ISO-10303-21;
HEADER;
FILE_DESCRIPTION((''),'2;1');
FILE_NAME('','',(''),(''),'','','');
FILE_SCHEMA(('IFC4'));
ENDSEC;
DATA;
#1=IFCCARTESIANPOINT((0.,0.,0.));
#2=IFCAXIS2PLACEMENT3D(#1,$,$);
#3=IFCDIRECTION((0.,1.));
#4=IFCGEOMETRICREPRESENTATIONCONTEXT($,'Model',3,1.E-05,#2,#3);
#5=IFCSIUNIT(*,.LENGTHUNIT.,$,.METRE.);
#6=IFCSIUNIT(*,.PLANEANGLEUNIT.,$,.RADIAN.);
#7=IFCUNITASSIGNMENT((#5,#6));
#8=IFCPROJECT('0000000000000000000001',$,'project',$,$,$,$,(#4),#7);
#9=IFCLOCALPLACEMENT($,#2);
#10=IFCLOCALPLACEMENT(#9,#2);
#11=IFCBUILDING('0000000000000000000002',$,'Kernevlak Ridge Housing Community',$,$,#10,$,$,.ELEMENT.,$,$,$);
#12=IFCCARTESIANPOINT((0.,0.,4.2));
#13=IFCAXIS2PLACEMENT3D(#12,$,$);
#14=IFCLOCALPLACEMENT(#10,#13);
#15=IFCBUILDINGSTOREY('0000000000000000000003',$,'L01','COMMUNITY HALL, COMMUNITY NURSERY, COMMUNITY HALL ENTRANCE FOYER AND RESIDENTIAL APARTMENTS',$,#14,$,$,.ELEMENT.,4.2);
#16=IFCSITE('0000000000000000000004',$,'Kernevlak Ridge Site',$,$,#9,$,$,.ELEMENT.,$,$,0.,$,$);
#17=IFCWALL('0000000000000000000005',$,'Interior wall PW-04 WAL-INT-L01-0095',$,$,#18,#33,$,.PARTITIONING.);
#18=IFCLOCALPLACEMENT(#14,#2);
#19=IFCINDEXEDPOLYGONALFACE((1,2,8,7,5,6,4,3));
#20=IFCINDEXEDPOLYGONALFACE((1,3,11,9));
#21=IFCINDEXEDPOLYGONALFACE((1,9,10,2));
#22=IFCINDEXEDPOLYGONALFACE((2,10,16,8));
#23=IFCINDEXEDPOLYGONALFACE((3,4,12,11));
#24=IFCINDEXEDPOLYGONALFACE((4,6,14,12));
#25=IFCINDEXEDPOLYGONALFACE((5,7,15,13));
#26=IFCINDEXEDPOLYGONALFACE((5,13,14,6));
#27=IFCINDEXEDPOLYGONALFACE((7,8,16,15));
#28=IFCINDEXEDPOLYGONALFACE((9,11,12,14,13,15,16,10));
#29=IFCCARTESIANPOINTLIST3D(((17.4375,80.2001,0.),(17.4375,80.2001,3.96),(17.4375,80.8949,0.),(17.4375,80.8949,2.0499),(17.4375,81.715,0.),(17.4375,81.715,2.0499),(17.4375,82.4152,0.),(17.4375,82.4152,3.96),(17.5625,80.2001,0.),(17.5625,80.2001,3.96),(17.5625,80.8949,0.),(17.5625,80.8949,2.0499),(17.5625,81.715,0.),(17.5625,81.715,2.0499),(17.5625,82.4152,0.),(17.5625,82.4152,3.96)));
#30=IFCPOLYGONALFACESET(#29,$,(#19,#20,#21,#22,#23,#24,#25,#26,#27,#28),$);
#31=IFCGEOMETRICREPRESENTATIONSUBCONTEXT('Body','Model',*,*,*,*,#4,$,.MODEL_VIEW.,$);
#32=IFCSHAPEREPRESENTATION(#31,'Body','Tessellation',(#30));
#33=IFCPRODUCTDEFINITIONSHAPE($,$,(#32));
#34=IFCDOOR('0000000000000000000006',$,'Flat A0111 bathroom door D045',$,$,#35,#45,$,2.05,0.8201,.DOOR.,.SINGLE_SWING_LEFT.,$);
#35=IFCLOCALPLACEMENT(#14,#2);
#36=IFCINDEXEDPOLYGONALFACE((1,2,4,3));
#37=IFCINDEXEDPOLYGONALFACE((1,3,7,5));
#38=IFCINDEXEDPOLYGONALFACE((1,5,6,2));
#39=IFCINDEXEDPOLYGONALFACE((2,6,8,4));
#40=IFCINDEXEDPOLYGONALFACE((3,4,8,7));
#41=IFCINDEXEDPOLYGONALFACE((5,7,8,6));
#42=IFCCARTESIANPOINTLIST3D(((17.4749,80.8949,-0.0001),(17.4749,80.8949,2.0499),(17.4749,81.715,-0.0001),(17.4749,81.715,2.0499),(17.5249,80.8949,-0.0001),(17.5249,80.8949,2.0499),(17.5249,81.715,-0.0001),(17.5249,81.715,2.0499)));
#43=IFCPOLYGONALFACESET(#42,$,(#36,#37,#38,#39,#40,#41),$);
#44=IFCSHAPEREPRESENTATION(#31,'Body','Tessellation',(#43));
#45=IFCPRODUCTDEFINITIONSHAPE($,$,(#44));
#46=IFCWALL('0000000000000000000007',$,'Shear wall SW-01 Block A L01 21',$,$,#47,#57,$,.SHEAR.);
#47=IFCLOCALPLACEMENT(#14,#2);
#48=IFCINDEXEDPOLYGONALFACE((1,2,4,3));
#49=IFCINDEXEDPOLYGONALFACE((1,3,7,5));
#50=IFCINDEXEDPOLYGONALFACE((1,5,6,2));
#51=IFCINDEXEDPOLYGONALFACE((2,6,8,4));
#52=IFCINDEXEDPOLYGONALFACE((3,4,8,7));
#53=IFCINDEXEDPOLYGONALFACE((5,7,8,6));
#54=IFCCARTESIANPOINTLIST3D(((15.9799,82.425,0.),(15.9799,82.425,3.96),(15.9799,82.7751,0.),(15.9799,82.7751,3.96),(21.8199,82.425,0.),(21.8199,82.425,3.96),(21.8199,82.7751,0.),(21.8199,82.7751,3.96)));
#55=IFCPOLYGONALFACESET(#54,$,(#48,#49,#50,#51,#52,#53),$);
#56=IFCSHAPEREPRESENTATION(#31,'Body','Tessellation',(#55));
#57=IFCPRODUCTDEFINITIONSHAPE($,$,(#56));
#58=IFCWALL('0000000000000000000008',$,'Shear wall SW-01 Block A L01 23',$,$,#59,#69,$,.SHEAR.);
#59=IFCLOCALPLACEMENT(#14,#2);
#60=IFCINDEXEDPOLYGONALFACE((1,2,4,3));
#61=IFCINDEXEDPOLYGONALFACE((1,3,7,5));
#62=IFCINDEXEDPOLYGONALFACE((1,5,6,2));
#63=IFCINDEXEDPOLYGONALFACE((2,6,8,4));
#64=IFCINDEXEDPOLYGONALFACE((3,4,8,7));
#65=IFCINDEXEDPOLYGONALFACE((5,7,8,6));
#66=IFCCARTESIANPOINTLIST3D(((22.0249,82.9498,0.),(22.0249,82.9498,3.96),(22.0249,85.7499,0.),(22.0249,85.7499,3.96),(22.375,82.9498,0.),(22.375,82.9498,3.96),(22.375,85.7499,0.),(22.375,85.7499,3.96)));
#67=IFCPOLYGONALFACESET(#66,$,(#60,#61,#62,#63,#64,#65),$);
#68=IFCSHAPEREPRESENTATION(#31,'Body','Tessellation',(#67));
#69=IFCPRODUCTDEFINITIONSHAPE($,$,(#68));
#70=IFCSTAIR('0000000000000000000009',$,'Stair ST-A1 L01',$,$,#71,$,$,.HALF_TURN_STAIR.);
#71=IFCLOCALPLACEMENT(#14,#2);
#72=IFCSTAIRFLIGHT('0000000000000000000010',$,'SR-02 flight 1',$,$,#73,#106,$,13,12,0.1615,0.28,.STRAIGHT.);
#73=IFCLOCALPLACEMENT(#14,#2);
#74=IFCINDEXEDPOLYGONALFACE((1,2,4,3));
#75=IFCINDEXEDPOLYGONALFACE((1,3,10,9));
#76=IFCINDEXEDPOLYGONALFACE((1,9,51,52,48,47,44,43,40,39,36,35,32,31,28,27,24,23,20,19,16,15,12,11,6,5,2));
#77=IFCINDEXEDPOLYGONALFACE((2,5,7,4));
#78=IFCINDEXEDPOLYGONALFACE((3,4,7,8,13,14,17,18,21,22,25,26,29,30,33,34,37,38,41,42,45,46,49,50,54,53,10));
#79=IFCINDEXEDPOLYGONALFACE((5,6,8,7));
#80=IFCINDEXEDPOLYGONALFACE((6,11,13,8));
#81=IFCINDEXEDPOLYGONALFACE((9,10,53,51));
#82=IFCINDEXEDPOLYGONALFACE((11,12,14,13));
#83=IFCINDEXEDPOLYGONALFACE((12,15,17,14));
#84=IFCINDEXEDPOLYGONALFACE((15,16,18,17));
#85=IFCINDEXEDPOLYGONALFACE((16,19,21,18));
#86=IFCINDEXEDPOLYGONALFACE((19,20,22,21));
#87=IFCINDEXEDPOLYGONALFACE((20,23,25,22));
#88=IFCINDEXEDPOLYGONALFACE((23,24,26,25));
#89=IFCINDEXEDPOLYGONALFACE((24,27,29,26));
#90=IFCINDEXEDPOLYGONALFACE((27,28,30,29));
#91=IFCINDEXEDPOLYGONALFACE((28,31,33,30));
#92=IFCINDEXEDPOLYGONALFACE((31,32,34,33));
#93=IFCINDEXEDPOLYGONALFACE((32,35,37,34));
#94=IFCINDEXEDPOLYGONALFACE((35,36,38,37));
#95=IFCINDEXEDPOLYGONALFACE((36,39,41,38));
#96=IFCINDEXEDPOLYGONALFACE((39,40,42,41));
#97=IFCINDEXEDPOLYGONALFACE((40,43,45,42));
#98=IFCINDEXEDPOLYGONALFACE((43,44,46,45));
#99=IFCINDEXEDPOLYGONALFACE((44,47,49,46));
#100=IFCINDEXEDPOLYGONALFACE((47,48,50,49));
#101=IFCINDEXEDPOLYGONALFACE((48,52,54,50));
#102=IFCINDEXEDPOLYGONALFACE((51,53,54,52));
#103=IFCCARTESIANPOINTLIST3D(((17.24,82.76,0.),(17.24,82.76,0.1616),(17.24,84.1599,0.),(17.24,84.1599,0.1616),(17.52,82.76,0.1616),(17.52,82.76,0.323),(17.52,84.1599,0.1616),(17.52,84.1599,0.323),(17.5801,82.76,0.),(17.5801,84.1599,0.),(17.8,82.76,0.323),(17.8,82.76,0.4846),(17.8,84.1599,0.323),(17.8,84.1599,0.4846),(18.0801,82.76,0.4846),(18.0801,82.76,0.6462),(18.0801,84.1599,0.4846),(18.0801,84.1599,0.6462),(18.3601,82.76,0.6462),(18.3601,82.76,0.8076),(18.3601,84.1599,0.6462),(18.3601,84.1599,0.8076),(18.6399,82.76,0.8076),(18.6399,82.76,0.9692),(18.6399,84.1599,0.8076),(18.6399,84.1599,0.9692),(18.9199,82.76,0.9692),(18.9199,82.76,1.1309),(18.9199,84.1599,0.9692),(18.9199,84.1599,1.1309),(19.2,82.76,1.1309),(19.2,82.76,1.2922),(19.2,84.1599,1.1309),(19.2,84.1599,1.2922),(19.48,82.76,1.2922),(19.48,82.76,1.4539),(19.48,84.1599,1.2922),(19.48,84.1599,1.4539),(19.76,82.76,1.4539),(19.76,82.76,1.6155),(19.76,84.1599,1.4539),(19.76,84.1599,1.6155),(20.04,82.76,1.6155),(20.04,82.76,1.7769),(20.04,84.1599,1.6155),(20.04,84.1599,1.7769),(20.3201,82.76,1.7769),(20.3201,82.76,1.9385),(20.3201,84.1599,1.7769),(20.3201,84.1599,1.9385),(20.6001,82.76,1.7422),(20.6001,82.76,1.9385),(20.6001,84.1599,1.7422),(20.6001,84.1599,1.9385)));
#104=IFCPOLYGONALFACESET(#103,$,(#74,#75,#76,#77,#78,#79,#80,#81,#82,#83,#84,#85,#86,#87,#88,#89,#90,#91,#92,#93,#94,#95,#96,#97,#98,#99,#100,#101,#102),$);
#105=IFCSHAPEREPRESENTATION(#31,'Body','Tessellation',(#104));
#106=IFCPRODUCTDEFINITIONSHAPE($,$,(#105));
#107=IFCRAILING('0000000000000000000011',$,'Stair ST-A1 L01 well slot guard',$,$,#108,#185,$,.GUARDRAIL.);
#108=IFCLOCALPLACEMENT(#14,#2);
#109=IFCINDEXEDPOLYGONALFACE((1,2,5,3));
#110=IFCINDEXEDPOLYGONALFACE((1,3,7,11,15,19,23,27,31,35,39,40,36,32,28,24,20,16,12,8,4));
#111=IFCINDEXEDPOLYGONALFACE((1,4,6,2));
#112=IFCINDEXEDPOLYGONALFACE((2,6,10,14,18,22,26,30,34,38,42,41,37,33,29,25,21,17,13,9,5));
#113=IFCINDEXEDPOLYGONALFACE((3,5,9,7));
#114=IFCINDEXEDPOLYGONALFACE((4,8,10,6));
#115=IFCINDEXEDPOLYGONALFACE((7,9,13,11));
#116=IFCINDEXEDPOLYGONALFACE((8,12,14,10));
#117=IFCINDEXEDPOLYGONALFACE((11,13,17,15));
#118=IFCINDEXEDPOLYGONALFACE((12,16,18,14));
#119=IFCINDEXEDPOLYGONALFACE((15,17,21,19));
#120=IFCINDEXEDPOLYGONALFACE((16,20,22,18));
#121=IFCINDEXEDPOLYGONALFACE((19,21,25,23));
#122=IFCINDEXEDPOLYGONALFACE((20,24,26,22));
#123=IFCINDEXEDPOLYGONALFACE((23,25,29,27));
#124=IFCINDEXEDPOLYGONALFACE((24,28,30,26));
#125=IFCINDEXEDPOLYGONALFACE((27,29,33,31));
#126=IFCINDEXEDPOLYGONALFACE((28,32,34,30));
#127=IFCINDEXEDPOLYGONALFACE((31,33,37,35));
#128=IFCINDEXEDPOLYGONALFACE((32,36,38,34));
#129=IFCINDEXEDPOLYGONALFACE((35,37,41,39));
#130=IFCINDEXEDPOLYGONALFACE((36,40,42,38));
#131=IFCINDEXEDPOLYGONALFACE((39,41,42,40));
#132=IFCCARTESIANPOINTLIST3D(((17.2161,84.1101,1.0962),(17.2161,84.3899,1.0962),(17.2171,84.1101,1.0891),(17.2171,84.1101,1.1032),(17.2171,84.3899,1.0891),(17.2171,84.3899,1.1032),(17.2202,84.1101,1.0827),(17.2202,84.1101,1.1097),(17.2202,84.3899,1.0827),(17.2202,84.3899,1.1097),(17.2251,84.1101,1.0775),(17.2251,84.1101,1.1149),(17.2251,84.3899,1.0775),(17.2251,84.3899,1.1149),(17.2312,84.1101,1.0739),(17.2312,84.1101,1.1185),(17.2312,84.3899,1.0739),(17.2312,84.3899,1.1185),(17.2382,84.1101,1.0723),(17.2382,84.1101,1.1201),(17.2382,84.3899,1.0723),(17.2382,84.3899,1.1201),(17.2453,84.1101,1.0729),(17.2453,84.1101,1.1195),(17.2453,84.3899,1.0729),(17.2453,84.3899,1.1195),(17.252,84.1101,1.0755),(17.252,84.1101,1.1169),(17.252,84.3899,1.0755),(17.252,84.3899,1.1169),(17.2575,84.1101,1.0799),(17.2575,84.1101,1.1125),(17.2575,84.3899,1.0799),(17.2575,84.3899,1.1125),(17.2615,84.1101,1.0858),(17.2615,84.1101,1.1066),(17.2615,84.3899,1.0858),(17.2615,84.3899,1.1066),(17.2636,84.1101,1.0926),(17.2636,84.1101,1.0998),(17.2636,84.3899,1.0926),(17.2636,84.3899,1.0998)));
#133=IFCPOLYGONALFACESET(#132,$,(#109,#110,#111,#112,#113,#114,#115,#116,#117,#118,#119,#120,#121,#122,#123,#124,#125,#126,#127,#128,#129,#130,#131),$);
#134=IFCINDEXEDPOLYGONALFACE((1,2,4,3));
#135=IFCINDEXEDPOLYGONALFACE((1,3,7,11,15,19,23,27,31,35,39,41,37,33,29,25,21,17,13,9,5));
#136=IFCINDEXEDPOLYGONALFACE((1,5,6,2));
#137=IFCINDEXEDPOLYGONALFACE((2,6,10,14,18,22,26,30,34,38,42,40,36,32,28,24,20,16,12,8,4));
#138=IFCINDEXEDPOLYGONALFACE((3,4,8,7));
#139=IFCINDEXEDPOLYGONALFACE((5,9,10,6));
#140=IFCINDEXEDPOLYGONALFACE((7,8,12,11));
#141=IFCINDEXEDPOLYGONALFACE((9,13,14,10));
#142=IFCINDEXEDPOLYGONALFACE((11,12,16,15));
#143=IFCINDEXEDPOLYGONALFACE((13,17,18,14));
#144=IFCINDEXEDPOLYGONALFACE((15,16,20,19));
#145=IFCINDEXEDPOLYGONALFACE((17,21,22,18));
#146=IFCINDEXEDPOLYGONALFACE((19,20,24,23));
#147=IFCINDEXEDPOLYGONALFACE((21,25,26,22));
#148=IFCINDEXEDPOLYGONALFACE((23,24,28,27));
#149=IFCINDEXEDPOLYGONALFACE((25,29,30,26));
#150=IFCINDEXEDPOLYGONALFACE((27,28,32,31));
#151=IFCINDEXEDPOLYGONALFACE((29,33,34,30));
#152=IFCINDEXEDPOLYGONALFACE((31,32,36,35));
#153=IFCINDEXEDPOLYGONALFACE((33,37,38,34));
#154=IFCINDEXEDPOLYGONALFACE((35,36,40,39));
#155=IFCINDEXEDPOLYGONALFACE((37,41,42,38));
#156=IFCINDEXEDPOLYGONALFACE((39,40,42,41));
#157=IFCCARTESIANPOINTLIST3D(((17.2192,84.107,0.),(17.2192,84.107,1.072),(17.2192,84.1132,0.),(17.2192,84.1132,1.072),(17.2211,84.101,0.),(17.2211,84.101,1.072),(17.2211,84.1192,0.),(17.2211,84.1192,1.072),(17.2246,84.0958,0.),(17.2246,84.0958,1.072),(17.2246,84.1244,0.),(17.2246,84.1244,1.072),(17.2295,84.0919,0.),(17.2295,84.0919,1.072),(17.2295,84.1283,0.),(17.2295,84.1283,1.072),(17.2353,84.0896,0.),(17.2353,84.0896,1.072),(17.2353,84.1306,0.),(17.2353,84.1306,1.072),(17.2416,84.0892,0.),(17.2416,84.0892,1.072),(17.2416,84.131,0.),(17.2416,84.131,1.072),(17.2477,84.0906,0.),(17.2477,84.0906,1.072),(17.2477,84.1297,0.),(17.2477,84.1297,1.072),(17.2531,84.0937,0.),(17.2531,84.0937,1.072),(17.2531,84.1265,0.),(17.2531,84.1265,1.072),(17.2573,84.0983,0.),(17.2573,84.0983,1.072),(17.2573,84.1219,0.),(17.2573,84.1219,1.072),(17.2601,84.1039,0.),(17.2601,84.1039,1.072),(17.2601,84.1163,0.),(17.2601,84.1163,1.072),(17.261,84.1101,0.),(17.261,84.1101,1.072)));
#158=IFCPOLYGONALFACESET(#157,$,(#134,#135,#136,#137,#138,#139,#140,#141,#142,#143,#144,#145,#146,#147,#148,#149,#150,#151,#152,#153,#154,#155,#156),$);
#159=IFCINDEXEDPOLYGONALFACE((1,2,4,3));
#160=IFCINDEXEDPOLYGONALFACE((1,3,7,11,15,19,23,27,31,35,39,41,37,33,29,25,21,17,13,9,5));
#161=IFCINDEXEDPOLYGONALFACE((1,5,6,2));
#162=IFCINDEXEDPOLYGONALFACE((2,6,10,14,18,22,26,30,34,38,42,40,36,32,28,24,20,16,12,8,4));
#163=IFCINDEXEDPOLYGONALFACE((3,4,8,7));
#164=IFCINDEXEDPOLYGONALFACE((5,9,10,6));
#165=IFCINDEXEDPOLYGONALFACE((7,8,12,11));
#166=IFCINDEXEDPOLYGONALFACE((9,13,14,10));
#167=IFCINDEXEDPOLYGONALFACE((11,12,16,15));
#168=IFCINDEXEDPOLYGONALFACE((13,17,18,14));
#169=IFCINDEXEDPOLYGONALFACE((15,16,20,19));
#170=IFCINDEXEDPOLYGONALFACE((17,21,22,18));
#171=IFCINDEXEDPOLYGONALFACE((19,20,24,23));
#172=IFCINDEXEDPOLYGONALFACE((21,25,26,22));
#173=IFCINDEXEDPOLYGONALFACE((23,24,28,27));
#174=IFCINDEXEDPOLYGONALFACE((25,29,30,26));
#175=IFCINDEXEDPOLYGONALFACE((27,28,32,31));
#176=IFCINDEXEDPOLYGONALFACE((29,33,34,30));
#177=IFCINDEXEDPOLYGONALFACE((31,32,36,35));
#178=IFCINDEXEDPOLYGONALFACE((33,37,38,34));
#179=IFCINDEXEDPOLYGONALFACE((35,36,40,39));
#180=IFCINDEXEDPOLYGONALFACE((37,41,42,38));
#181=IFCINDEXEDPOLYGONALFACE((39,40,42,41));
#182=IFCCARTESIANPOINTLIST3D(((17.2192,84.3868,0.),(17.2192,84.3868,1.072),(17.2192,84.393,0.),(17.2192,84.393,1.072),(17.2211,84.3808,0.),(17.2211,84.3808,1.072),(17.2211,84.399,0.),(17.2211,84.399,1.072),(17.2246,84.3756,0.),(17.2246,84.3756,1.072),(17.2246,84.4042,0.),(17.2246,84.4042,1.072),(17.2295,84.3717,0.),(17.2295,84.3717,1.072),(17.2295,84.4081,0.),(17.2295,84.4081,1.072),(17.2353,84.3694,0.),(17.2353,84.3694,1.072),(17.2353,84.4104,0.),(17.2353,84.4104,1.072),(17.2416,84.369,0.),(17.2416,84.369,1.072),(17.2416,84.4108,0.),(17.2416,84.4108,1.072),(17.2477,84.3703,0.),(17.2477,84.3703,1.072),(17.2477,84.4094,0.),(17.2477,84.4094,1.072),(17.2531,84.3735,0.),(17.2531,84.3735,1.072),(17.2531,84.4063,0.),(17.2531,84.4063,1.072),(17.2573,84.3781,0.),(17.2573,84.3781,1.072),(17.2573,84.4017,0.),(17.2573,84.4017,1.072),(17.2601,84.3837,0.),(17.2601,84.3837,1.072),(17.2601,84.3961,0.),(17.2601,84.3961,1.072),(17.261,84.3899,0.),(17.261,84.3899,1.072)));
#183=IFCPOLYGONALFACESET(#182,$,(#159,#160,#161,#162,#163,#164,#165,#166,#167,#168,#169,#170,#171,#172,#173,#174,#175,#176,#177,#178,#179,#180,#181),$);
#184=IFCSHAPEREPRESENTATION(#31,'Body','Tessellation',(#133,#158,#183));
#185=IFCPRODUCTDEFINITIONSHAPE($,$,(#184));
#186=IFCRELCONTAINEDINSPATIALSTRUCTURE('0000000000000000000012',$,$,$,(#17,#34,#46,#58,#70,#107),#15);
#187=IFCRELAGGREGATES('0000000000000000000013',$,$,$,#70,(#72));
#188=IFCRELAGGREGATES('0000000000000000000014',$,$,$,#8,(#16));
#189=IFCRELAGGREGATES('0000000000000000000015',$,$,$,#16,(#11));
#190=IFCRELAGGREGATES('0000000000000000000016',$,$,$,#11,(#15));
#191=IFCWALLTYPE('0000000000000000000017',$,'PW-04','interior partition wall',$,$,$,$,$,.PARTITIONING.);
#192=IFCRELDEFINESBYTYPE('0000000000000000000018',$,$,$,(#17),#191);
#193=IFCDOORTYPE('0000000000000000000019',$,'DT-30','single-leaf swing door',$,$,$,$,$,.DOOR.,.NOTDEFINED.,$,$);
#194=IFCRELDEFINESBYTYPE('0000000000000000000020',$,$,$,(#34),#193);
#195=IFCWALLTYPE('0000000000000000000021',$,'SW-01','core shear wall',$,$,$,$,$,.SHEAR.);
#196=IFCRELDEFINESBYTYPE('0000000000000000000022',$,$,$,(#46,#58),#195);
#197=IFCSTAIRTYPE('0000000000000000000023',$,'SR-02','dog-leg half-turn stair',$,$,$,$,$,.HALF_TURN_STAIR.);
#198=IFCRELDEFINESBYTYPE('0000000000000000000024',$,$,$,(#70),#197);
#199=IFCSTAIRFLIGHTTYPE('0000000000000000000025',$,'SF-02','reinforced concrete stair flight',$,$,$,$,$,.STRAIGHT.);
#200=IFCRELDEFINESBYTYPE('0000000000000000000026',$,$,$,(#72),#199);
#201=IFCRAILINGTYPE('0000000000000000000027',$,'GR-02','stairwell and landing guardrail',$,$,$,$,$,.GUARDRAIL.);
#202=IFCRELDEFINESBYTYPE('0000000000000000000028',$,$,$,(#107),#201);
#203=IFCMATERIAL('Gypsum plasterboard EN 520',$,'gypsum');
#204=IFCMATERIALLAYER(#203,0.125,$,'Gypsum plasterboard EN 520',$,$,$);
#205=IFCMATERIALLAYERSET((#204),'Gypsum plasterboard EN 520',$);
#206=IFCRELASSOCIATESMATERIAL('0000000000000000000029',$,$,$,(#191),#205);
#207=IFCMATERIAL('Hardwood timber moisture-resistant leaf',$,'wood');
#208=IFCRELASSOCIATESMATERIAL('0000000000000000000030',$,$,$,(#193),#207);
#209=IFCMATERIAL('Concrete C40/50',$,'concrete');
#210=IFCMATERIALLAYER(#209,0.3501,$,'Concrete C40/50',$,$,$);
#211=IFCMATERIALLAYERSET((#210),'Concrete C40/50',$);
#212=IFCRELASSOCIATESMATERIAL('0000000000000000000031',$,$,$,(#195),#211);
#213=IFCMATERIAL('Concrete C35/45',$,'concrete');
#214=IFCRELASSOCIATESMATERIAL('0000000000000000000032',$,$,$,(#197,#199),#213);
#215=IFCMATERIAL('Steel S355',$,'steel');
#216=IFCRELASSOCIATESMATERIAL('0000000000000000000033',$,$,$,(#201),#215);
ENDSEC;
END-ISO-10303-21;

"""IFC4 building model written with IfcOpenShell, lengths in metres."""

from ifc_helpers import new_model, si_unit, direction, frame, frame_2d, origin, origin_2d, place, context, subcontext, project, spatial, polyline, rectangle, circle, outline, extrude, material, layer, layer_set, type_object, element, fill, aggregate, save


model = new_model("IFC4")

# Units and contexts
model_context = context("Model", 3, precision=1e-05, world=origin(), true_north=direction((0.0, 1.0)))
body_context = subcontext(model_context, "Body", "Model", "MODEL_VIEW")
ifc_project = project(units=[si_unit("LENGTHUNIT", "METRE"), si_unit("PLANEANGLEUNIT", "RADIAN")], contexts=[model_context])

# Site, building, storey
site_placement = place(None, origin())
site = spatial("IfcSite", under=ifc_project, at=site_placement, Name="Kernevlak Ridge Site", CompositionType="ELEMENT", RefElevation=0.0)
building_placement = place(site_placement, origin())
building = spatial("IfcBuilding", under=site, at=building_placement, Name="Kernevlak Ridge Housing Community", CompositionType="ELEMENT")
storey_placement = place(building_placement, frame((0.0, 0.0, 4.2)))
storey = spatial("IfcBuildingStorey", under=building, at=storey_placement, Name="L01", Description="COMMUNITY HALL, COMMUNITY NURSERY, COMMUNITY HALL ENTRANCE FOYER AND RESIDENTIAL APARTMENTS", CompositionType="ELEMENT", Elevation=4.2)

# Shared definitions
ifc_material_1 = material(Name="Concrete C40/50", Category="concrete")

# Shared definitions
ifc_material_2 = material(Name="Concrete C35/45", Category="concrete")

# Wall, opening, door
ifc_material_3 = material(Name="Gypsum plasterboard EN 520", Category="gypsum")
ifc_layer_1 = layer(ifc_material_3, 0.125, Name="Gypsum plasterboard EN 520")
ifc_layer_set_1 = layer_set([ifc_layer_1], Name="Gypsum plasterboard EN 520")
wall_type_1 = type_object("IfcWallType", Name="PW-04", Description="interior partition wall", PredefinedType="PARTITIONING", material=ifc_layer_set_1)
wall_1_placement = place(storey_placement, frame((17.5, 82.415, 0.0), z_axis=(0.0, 0.0, 1.0), x_axis=(0.0, -1.0, 0.0)))
wall_1 = element("IfcWall", 1, at=wall_1_placement, inside=storey, type_object=wall_type_1, Name="Interior wall PW-04 WAL-INT-L01-0095", PredefinedType="PARTITIONING", context=body_context, shape_type="SweptSolid", body=[
    extrude(rectangle(XDim=2.2151, YDim=0.125, at=frame_2d((1.1074, 0.0))), origin(), (0.0, 0.0, 1.0), 3.96),
])
opening_1_placement = place(wall_1_placement, frame((0.7, 0.0, 0.0)))
opening_1 = element("IfcOpeningElement", 2, at=opening_1_placement, cuts=wall_1, PredefinedType="OPENING", context=body_context, shape_type="SweptSolid", body=[
    extrude(rectangle(XDim=0.8201, YDim=2.05, at=frame_2d((0.4102, 1.0249))), frame((0.0, 0.0725, 0.0), z_axis=(0.0, -1.0, 0.0), x_axis=(1.0, 0.0, 0.0)), (0.0, 0.0, 1.0), 0.145),
])
ifc_material_4 = material(Name="Hardwood timber moisture-resistant leaf", Category="wood")
door_type_1 = type_object("IfcDoorType", Name="DT-30", Description="single-leaf swing door", OperationType="NOTDEFINED", PredefinedType="DOOR", material=ifc_material_4)
door_1_placement = place(opening_1_placement, origin())
door_1 = element("IfcDoor", 3, at=door_1_placement, inside=storey, type_object=door_type_1, Name="Flat A0111 bathroom door D045", OperationType="SINGLE_SWING_LEFT", OverallHeight=2.05, OverallWidth=0.8201, PredefinedType="DOOR", context=body_context, shape_type="SweptSolid", body=[
    extrude(rectangle(XDim=0.8201, YDim=2.05, at=frame_2d((0.4102, 1.0249))), frame((0.0, 0.0249, 0.0), z_axis=(0.0, -1.0, 0.0), x_axis=(1.0, 0.0, 0.0)), (0.0, 0.0, 1.0), 0.05),
])
fill(opening_1, door_1)

# Walls
ifc_layer_2 = layer(ifc_material_1, 0.3501, Name="Concrete C40/50")
ifc_layer_set_2 = layer_set([ifc_layer_2], Name="Concrete C40/50")
wall_type_2 = type_object("IfcWallType", Name="SW-01", Description="core shear wall", PredefinedType="SHEAR", material=ifc_layer_set_2)
wall_2_placement = place(storey_placement, frame((15.98, 82.6001, 0.0), z_axis=(0.0, 0.0, 1.0), x_axis=(1.0, 0.0, 0.0)))
element("IfcWall", 4, at=wall_2_placement, inside=storey, type_object=wall_type_2, Name="Shear wall SW-01 Block A L01 21", PredefinedType="SHEAR", context=body_context, shape_type="SweptSolid", body=[
    extrude(rectangle(XDim=5.8401, YDim=0.3501, at=frame_2d((2.9199, 0.0))), origin(), (0.0, 0.0, 1.0), 3.96),
])
wall_3_placement = place(storey_placement, frame((22.2, 82.95, 0.0), z_axis=(0.0, 0.0, 1.0), x_axis=(0.0, 1.0, 0.0)))
element("IfcWall", 5, at=wall_3_placement, inside=storey, type_object=wall_type_2, Name="Shear wall SW-01 Block A L01 23", PredefinedType="SHEAR", context=body_context, shape_type="SweptSolid", body=[
    extrude(rectangle(XDim=2.8, YDim=0.3501, at=frame_2d((1.3999, 0.0))), origin(), (0.0, 0.0, 1.0), 3.96),
])

# Stair, stair flight
stair_type = type_object("IfcStairType", Name="SR-02", Description="dog-leg half-turn stair", PredefinedType="HALF_TURN_STAIR", material=ifc_material_2)
stair_placement = place(storey_placement, origin())
stair = element("IfcStair", 6, at=stair_placement, inside=storey, type_object=stair_type, Name="Stair ST-A1 L01", PredefinedType="HALF_TURN_STAIR")
stair_flight_type = type_object("IfcStairFlightType", Name="SF-02", Description="reinforced concrete stair flight", PredefinedType="STRAIGHT", material=ifc_material_2)
stair_flight_placement = place(storey_placement, frame((17.24, 83.46, 0.0), z_axis=(0.0, 0.0, 1.0), x_axis=(1.0, 0.0, 0.0)))
stair_flight = element("IfcStairFlight", 7, at=stair_flight_placement, type_object=stair_flight_type, Name="SR-02 flight 1", NumberOfRisers=13, NumberOfTreads=12, PredefinedType="STRAIGHT", RiserHeight=0.1615, TreadLength=0.28, context=body_context, shape_type="SweptSolid", body=[
    extrude(outline(polyline([(0.0, 0.0), (0.0, 0.1616), (0.28, 0.1616), (0.28, 0.323), (0.5601, 0.323), (0.5601, 0.4846), (0.8401, 0.4846), (0.8401, 0.6462), (1.1201, 0.6462), (1.1201, 0.8076), (1.3999, 0.8076), (1.3999, 0.9692), (1.6799, 0.9692), (1.6799, 1.1309), (1.96, 1.1309), (1.96, 1.2922), (2.24, 1.2922), (2.24, 1.4539), (2.52, 1.4539), (2.52, 1.6155), (2.8, 1.6155), (2.8, 1.7769), (3.0801, 1.7769), (3.0801, 1.9385), (3.3601, 1.9385), (3.3601, 2.1001), (3.3601, 1.7422), (0.3401, 0.0), (0.0, 0.0)])), frame((0.0, 0.7, 0.0), z_axis=(0.0, -1.0, 0.0), x_axis=(1.0, 0.0, 0.0)), (0.0, 0.0, 1.0), 1.3999),
])
aggregate(stair, [stair_flight])

# Railing
ifc_material_5 = material(Name="Steel S355", Category="steel")
railing_type_1 = type_object("IfcRailingType", Name="GR-02", Description="stairwell and landing guardrail", PredefinedType="GUARDRAIL", material=ifc_material_5)
railing_1_placement = place(storey_placement, frame((17.24, 84.1101, 0.0)))
element("IfcRailing", 8, at=railing_1_placement, inside=storey, type_object=railing_type_1, Name="Stair ST-A1 L01 well slot guard", PredefinedType="GUARDRAIL", context=body_context, shape_type="SweptSolid", body=[
    extrude(circle(Radius=0.0239, at=origin_2d()), frame((0.0, 0.0, 1.0962), z_axis=(0.0, 1.0, 0.0), x_axis=(-1.0, 0.0, 0.0)), (0.0, 0.0, 1.0), 0.2798),
    extrude(circle(Radius=0.021, at=origin_2d()), origin(), (0.0, 0.0, 1.0), 1.072),
    extrude(circle(Radius=0.021, at=origin_2d()), frame((0.0, 0.2798, 0.0)), (0.0, 0.0, 1.0), 1.072),
])

save(model, "model.ifc")
